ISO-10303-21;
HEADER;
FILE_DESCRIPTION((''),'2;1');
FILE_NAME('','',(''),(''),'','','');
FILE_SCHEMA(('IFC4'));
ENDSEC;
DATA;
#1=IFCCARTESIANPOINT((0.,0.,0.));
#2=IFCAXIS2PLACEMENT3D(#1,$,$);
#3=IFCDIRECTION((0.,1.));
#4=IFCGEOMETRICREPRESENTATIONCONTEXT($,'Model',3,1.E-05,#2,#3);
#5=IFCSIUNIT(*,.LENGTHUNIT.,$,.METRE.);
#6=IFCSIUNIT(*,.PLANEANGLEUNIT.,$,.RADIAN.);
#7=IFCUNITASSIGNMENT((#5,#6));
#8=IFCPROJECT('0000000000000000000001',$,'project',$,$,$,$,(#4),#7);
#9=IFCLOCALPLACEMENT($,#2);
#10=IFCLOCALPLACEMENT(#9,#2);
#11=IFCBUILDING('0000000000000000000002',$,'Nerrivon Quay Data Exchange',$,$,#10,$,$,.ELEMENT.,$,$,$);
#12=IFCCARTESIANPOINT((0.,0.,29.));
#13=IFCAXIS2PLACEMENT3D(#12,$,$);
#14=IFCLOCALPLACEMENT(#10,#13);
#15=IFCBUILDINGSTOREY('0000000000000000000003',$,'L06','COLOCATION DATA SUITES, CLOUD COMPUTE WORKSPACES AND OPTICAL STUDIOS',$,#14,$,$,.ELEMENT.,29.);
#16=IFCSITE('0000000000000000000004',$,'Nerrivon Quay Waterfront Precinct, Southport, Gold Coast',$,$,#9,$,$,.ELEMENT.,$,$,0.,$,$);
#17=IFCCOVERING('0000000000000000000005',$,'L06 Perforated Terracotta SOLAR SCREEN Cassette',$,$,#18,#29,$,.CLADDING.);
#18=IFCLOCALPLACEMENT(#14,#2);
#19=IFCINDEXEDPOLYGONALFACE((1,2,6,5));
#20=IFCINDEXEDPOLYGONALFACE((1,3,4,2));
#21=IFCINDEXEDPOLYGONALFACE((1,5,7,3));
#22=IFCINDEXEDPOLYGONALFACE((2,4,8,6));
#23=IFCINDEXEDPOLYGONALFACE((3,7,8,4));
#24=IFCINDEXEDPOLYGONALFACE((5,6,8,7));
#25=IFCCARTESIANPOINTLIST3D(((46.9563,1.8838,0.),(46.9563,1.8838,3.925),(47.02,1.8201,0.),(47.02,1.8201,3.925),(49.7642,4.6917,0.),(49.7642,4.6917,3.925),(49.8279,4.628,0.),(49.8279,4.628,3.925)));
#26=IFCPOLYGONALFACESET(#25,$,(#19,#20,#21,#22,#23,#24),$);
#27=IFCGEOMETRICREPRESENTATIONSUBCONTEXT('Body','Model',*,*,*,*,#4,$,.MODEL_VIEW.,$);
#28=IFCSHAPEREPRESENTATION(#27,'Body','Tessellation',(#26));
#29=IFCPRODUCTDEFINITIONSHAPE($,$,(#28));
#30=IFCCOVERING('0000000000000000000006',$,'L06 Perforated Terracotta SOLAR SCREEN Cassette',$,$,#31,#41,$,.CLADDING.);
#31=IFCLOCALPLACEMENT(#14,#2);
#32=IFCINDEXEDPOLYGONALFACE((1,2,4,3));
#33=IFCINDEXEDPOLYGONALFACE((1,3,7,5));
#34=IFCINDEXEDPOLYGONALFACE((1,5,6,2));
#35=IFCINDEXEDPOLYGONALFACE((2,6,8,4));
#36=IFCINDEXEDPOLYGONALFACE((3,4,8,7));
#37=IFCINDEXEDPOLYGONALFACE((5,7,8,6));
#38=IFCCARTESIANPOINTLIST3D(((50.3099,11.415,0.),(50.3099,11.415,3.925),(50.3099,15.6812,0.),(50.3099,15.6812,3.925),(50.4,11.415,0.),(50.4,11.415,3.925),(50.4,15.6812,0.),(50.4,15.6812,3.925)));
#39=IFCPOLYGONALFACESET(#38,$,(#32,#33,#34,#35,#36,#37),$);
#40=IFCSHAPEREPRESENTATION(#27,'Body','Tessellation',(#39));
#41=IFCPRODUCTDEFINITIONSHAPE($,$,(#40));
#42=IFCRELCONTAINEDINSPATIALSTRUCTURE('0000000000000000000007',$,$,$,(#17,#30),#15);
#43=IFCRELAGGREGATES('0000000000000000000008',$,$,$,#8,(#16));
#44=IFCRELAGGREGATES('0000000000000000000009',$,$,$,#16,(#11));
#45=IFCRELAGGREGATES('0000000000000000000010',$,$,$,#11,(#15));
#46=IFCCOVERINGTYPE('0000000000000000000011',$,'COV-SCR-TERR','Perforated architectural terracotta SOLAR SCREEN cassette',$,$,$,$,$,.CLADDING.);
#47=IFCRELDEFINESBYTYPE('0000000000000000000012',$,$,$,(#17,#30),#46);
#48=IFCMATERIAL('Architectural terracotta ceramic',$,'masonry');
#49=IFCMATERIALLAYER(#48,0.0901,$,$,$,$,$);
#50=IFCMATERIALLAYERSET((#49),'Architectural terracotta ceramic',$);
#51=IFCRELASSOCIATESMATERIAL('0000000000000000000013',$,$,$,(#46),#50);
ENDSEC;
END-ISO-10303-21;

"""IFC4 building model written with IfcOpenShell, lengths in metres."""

from ifc_helpers import new_model, si_unit, direction, frame, origin, origin_2d, place, context, subcontext, project, spatial, rectangle, extrude, material, layer, layer_set, type_object, element, save


model = new_model("IFC4")

# Units and contexts
model_context = context("Model", 3, precision=1e-05, world=origin(), true_north=direction((0.0, 1.0)))
body_context = subcontext(model_context, "Body", "Model", "MODEL_VIEW")
ifc_project = project(units=[si_unit("LENGTHUNIT", "METRE"), si_unit("PLANEANGLEUNIT", "RADIAN")], contexts=[model_context])

# Site, building, storey
site_placement = place(None, origin())
site = spatial("IfcSite", under=ifc_project, at=site_placement, Name="Nerrivon Quay Waterfront Precinct, Southport, Gold Coast", CompositionType="ELEMENT", RefElevation=0.0)
building_placement = place(site_placement, origin())
building = spatial("IfcBuilding", under=site, at=building_placement, Name="Nerrivon Quay Data Exchange", CompositionType="ELEMENT")
storey_placement = place(building_placement, frame((0.0, 0.0, 29.0)))
storey = spatial("IfcBuildingStorey", under=building, at=storey_placement, Name="L06", Description="COLOCATION DATA SUITES, CLOUD COMPUTE WORKSPACES AND OPTICAL STUDIOS", CompositionType="ELEMENT", Elevation=29.0)

# Coverings
ifc_material_1 = material(Name="Architectural terracotta ceramic", Category="masonry")
ifc_layer_1 = layer(ifc_material_1, 0.0901)
ifc_layer_set_1 = layer_set([ifc_layer_1], Name="Architectural terracotta ceramic")
covering_type = type_object("IfcCoveringType", Name="COV-SCR-TERR", Description="Perforated architectural terracotta SOLAR SCREEN cassette", PredefinedType="CLADDING", material=ifc_layer_set_1)
covering_1_placement = place(storey_placement, frame((48.3921, 3.2559, 0.0), z_axis=(0.0, 0.0, 1.0), x_axis=(-0.707107, -0.707107, 0.0)))
element("IfcCovering", 1, at=covering_1_placement, inside=storey, type_object=covering_type, Name="L06 Perforated Terracotta SOLAR SCREEN Cassette", PredefinedType="CLADDING", context=body_context, shape_type="SweptSolid", body=[
    extrude(rectangle(XDim=3.9709, YDim=0.0901, at=origin_2d()), origin(), (0.0, 0.0, 1.0), 3.925),
])
covering_2_placement = place(storey_placement, frame((50.355, 13.5481, 0.0), z_axis=(0.0, 0.0, 1.0), x_axis=(0.0, -1.0, 0.0)))
element("IfcCovering", 2, at=covering_2_placement, inside=storey, type_object=covering_type, Name="L06 Perforated Terracotta SOLAR SCREEN Cassette", PredefinedType="CLADDING", context=body_context, shape_type="SweptSolid", body=[
    extrude(rectangle(XDim=4.2661, YDim=0.0901, at=origin_2d()), origin(), (0.0, 0.0, 1.0), 3.925),
])

save(model, "model.ifc")
